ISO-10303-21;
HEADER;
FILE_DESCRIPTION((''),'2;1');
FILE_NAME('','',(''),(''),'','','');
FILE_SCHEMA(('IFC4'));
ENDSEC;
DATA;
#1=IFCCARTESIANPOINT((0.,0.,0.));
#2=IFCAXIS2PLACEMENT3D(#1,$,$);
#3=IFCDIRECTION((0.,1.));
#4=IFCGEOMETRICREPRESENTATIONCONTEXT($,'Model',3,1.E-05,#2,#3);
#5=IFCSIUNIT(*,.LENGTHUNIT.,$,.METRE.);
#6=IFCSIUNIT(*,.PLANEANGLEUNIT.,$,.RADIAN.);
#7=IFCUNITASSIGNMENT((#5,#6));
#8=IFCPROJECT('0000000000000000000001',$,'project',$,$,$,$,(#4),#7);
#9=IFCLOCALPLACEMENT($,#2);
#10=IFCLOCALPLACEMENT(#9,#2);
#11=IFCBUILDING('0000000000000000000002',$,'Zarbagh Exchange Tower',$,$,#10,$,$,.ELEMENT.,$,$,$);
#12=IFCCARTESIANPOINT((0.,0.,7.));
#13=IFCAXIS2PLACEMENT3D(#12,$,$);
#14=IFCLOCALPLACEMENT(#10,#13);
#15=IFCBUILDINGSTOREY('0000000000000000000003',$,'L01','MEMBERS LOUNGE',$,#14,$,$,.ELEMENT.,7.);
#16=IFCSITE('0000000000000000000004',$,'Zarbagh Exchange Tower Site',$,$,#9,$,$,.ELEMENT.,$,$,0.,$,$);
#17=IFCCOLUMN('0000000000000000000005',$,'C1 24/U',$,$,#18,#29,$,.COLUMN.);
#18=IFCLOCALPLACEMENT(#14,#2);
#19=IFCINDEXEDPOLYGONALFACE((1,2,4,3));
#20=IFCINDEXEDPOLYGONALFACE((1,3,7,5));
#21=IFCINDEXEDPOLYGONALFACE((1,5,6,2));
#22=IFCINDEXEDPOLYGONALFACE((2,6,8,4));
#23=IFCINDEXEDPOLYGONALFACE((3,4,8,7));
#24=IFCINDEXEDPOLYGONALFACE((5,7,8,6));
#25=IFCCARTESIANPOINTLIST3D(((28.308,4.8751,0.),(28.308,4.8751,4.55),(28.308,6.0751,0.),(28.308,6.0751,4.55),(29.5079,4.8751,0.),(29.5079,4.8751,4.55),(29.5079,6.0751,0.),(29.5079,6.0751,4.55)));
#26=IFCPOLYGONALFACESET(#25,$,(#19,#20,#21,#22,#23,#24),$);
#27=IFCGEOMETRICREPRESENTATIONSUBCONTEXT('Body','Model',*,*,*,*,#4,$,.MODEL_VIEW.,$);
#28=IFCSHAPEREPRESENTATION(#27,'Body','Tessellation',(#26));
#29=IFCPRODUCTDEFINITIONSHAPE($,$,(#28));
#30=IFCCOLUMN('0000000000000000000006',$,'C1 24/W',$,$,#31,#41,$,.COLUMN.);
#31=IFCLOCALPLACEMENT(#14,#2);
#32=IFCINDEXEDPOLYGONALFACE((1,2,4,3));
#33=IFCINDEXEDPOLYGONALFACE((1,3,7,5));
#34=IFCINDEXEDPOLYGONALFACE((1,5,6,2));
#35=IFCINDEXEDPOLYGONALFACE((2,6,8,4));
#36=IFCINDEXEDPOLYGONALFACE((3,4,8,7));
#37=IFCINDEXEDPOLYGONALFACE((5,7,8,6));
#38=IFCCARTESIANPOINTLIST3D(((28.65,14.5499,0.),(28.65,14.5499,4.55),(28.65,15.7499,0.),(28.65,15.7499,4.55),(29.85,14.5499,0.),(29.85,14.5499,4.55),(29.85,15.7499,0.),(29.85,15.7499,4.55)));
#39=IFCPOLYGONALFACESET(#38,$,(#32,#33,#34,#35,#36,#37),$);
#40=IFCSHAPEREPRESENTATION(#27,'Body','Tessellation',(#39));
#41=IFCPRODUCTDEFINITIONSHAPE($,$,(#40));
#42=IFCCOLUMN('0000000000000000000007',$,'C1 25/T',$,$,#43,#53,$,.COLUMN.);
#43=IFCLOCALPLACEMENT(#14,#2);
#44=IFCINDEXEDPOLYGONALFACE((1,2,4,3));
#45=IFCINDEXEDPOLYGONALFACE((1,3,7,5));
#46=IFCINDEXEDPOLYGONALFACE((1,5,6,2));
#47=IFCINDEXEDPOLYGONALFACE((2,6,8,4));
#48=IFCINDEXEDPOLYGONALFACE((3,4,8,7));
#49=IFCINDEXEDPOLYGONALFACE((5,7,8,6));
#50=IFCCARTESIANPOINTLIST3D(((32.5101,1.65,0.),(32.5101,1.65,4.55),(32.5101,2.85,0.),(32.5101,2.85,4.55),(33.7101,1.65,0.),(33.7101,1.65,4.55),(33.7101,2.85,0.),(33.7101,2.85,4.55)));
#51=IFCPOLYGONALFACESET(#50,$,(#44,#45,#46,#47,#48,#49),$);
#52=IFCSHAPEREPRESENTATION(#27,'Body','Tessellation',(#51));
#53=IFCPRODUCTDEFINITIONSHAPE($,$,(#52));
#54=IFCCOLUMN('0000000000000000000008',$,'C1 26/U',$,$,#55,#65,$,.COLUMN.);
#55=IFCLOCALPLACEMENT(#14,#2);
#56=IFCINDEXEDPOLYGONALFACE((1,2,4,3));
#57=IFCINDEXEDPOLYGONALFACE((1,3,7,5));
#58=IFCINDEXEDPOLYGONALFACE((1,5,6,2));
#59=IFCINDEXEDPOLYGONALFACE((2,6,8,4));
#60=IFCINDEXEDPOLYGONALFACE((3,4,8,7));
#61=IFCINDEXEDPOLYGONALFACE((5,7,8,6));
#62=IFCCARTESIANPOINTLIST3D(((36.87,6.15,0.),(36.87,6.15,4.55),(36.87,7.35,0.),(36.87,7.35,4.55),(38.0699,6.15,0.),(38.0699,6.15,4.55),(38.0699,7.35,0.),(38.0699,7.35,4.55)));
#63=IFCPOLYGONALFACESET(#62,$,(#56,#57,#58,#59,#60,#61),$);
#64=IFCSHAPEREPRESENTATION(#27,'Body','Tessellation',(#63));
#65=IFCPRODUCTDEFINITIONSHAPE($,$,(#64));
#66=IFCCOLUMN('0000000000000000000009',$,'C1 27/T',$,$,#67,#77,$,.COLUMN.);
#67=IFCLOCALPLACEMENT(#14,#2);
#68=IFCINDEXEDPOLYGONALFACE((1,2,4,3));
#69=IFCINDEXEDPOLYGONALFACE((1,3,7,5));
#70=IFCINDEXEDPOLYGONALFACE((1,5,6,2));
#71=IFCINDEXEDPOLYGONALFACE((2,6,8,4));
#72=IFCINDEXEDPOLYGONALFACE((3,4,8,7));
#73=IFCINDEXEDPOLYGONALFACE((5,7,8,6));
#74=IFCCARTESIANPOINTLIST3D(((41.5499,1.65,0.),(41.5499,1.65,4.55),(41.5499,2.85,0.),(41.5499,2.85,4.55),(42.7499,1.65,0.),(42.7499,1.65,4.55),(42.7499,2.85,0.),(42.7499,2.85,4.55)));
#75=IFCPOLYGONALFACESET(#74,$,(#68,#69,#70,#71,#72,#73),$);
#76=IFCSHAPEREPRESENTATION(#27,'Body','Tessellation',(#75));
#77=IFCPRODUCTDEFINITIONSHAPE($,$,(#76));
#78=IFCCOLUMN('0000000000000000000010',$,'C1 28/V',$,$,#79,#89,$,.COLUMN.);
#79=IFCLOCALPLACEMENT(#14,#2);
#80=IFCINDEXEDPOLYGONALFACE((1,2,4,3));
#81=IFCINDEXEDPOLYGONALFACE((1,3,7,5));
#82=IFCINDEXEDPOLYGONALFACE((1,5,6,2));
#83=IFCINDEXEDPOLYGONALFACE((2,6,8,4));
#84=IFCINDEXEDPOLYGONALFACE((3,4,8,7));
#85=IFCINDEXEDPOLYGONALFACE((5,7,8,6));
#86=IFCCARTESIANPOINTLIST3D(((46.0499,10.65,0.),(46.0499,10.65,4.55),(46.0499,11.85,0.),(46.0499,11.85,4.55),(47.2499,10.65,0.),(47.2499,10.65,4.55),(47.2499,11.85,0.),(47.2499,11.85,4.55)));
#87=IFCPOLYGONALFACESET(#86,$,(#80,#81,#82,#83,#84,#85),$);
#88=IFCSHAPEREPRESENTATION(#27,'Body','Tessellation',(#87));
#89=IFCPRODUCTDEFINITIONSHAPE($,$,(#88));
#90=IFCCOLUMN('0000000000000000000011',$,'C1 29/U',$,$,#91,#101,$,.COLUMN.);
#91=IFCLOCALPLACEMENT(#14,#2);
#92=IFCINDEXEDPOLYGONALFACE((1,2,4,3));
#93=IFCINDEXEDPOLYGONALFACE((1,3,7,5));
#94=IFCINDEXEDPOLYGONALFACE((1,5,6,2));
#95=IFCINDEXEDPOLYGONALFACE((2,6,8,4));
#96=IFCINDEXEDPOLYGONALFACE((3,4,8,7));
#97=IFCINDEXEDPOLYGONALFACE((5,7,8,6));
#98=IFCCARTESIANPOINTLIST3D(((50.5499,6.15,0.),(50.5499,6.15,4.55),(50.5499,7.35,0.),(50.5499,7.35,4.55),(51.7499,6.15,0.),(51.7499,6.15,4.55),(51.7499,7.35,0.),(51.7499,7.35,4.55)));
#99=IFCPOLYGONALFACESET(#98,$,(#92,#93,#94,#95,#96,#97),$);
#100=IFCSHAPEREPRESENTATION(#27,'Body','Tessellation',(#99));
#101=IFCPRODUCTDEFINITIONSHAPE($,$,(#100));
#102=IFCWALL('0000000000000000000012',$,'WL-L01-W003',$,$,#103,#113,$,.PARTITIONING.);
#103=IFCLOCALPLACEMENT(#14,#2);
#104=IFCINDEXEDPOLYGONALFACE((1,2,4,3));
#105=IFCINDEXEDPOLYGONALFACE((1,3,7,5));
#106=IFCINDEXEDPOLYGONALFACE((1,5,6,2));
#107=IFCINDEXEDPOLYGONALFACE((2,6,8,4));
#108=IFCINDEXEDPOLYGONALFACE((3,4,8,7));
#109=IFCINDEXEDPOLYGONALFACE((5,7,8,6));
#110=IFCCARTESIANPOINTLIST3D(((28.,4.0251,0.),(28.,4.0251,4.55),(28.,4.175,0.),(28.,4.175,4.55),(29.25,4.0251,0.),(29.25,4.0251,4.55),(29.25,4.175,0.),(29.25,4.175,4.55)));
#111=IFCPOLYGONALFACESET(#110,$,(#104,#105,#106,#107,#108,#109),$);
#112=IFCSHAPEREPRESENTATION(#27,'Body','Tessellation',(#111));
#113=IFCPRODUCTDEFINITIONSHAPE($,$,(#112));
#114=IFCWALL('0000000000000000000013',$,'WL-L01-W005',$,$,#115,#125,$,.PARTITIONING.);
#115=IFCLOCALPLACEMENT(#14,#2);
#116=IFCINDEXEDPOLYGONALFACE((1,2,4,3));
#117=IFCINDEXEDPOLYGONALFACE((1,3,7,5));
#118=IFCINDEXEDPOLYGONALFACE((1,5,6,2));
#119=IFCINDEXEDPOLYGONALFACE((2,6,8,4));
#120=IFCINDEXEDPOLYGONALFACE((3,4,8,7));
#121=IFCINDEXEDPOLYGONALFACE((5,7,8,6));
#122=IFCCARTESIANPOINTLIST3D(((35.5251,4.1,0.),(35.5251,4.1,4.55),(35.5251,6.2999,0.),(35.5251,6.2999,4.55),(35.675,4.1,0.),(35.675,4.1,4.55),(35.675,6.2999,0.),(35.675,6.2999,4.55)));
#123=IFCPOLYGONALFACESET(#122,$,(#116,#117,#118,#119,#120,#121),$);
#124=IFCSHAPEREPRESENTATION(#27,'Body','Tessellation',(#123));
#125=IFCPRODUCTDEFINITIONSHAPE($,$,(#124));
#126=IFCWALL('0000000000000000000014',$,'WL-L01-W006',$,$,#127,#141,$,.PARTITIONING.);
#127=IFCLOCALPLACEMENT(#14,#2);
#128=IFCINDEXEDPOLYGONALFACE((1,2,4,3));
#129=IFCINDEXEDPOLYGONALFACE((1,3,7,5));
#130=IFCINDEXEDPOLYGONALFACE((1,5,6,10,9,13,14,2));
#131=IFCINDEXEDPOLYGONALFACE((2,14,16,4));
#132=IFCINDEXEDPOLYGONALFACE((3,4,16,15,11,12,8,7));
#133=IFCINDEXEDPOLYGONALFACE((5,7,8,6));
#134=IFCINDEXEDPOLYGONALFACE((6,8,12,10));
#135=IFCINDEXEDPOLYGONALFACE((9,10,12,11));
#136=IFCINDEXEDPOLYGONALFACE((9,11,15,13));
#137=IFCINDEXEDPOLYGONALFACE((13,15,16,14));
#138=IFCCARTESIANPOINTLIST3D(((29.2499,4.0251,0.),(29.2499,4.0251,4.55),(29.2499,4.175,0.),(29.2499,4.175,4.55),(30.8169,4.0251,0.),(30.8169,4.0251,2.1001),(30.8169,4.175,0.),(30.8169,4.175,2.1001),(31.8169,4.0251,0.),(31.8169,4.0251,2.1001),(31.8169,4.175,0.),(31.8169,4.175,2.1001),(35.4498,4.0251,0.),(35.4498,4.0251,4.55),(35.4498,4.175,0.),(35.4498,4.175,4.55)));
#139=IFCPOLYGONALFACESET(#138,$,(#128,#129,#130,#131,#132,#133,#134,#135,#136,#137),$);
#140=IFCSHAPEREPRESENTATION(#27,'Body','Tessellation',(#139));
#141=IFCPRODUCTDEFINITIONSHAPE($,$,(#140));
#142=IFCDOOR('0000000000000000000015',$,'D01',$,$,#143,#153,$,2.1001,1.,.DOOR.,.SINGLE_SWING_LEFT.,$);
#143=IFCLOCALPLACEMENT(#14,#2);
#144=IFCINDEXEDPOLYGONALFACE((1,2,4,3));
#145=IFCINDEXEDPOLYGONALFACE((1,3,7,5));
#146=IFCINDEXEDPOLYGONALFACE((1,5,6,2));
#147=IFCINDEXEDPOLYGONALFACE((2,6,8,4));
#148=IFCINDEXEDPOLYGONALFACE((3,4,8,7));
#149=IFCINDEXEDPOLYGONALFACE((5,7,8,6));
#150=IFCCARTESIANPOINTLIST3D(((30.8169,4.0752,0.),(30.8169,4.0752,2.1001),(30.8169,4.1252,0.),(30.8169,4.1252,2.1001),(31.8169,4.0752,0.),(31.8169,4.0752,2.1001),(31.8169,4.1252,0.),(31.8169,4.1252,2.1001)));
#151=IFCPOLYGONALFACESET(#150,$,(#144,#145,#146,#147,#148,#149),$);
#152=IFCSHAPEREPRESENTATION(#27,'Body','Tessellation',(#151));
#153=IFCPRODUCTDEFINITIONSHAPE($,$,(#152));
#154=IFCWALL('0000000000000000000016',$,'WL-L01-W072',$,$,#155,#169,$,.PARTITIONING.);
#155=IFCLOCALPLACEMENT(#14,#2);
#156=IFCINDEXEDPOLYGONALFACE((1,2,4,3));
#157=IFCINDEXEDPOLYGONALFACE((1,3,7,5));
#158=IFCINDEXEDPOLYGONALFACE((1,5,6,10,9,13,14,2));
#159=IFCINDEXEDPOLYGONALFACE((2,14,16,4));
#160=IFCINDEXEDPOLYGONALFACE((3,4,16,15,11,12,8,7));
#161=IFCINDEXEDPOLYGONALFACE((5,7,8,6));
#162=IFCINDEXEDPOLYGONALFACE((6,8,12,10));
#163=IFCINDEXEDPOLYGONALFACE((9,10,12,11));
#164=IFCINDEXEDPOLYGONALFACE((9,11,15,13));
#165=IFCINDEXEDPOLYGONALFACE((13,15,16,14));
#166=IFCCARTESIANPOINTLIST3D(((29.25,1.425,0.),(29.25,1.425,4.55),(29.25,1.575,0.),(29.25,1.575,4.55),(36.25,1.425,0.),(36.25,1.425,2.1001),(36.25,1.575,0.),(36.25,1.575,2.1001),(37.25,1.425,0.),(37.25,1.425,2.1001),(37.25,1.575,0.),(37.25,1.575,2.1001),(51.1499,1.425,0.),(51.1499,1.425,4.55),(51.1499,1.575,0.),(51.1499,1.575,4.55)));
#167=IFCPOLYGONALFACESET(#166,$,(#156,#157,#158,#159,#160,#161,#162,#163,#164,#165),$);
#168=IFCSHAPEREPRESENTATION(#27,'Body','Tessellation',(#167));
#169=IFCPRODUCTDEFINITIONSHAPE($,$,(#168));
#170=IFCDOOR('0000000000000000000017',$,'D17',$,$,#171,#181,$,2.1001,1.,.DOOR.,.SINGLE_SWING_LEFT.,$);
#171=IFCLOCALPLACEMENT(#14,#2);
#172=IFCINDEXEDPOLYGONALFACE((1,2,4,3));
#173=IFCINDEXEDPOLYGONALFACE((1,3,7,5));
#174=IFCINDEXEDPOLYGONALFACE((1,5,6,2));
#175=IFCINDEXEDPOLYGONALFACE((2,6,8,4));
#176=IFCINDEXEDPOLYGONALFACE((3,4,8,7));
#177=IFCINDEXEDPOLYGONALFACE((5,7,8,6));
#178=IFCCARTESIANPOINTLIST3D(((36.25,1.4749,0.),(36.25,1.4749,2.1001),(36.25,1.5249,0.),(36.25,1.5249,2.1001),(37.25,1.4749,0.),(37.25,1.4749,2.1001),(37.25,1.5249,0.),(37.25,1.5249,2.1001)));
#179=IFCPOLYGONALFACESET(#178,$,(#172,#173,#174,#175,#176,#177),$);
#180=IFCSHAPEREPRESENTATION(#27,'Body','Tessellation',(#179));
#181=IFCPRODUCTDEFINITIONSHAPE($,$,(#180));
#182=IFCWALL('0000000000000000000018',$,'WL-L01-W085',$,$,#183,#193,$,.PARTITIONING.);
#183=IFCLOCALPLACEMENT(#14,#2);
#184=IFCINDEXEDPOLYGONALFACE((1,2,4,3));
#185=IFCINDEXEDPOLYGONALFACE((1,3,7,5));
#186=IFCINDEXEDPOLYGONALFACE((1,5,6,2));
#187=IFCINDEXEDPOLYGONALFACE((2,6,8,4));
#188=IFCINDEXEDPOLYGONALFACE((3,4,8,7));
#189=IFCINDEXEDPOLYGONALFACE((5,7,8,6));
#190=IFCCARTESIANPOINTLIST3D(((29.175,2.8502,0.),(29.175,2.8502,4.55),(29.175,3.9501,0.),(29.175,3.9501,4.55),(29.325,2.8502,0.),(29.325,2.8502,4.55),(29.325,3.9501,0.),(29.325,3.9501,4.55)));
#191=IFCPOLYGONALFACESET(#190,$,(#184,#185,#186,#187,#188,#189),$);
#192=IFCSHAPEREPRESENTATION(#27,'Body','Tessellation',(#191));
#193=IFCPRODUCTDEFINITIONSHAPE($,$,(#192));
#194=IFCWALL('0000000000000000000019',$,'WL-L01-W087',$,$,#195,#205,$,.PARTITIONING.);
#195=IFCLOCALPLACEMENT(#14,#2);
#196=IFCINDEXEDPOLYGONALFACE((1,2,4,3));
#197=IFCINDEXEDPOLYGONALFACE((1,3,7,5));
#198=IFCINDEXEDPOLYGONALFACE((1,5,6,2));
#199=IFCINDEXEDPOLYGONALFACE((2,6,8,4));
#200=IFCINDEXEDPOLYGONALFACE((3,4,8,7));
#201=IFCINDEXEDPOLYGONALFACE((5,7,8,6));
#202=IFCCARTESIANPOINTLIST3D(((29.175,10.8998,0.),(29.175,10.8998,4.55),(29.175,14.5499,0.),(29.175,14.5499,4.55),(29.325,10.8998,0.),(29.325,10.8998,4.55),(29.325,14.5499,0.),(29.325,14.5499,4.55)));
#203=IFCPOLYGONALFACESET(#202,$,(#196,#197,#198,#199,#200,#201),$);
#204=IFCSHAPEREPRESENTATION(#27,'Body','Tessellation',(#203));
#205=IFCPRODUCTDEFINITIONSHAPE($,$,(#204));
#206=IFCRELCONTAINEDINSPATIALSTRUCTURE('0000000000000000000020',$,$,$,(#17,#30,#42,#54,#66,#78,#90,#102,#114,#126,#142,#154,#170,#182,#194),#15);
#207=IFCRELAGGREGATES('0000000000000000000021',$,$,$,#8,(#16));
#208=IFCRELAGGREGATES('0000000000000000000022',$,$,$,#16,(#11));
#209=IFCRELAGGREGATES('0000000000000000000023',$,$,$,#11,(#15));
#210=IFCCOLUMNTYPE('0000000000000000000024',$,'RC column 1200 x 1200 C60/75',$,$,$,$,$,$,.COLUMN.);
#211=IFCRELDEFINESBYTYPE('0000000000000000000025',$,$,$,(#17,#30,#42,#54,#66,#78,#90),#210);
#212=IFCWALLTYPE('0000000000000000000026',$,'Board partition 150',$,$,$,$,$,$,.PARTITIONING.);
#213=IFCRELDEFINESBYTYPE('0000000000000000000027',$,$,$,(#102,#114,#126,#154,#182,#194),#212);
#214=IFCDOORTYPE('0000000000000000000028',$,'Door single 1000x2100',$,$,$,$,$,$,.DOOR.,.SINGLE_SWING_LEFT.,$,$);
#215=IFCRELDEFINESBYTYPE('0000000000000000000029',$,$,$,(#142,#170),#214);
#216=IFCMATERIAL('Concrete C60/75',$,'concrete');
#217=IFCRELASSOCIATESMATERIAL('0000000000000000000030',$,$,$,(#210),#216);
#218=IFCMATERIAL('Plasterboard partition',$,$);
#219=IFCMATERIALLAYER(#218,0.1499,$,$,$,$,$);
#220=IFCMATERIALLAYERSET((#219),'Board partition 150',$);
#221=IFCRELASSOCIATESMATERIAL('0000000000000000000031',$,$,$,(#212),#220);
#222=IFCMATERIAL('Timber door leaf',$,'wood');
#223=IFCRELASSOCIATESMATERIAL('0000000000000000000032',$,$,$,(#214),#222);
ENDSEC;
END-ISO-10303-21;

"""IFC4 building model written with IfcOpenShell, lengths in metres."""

from ifc_helpers import new_model, si_unit, direction, frame, frame_2d, origin, origin_2d, place, context, subcontext, project, spatial, rectangle, extrude, material, layer, layer_set, material_profile, profile_set, type_object, element, fill, save


model = new_model("IFC4")

# Units and contexts
model_context = context("Model", 3, precision=1e-05, world=origin(), true_north=direction((0.0, 1.0)))
body_context = subcontext(model_context, "Body", "Model", "MODEL_VIEW")
ifc_project = project(units=[si_unit("LENGTHUNIT", "METRE"), si_unit("PLANEANGLEUNIT", "RADIAN")], contexts=[model_context])

# Site, building, storey
site_placement = place(None, origin())
site = spatial("IfcSite", under=ifc_project, at=site_placement, Name="Zarbagh Exchange Tower Site", CompositionType="ELEMENT", RefElevation=0.0)
building_placement = place(site_placement, origin())
building = spatial("IfcBuilding", under=site, at=building_placement, Name="Zarbagh Exchange Tower", CompositionType="ELEMENT")
storey_placement = place(building_placement, frame((0.0, 0.0, 7.0)))
storey = spatial("IfcBuildingStorey", under=building, at=storey_placement, Name="L01", Description="MEMBERS LOUNGE", CompositionType="ELEMENT", Elevation=7.0)

# Columns
ifc_material_1 = material(Name="Concrete C60/75", Category="concrete")
ifc_material_profile = material_profile(ifc_material_1, rectangle(XDim=1.2, YDim=1.2, at=origin_2d()), Name="RC column 1200 x 1200 C60/75")
ifc_profile_set = profile_set([ifc_material_profile], Name="Concrete C60/75")
column_type = type_object("IfcColumnType", Name="RC column 1200 x 1200 C60/75", PredefinedType="COLUMN", material=ifc_profile_set)
for number, where, z_axis, x_axis, name in (
    (1, (28.908, 5.4751, 0.0), (0.0, 0.0, 1.0), (1.0, 0.0, 0.0), "C1 24/U"),
    (2, (29.25, 15.1499, 0.0), (0.0, 0.0, 1.0), (1.0, 0.0, 0.0), "C1 24/W"),
    (3, (33.1101, 2.25, 0.0), (0.0, 0.0, 1.0), (1.0, 0.0, 0.0), "C1 25/T"),
    (4, (37.47, 6.75, 0.0), (0.0, 0.0, 1.0), (1.0, 0.0, 0.0), "C1 26/U"),
    (5, (42.1499, 2.25, 0.0), (0.0, 0.0, 1.0), (1.0, 0.0, 0.0), "C1 27/T"),
    (6, (46.6499, 11.25, 0.0), (0.0, 0.0, 1.0), (1.0, 0.0, 0.0), "C1 28/V"),
    (7, (51.1499, 6.75, 0.0), (0.0, 0.0, 1.0), (1.0, 0.0, 0.0), "C1 29/U"),
):
    element("IfcColumn", number, at=place(storey_placement, frame(where, z_axis=z_axis, x_axis=x_axis)), inside=storey, type_object=column_type, Name=name, PredefinedType="COLUMN", context=body_context, shape_type="SweptSolid", body=[
        extrude(rectangle(XDim=1.2, YDim=1.2, at=origin_2d()), origin(), (0.0, 0.0, 1.0), 4.55),
    ])

# Walls
ifc_material_2 = material(Name="Plasterboard partition")
ifc_layer_1 = layer(ifc_material_2, 0.1499)
ifc_layer_set_1 = layer_set([ifc_layer_1], Name="Board partition 150")
wall_type_1 = type_object("IfcWallType", Name="Board partition 150", PredefinedType="PARTITIONING", material=ifc_layer_set_1)
wall_1_placement = place(storey_placement, frame((29.25, 4.1001, 0.0), z_axis=(0.0, 0.0, 1.0), x_axis=(-1.0, 0.0, 0.0)))
element("IfcWall", 8, at=wall_1_placement, inside=storey, type_object=wall_type_1, Name="WL-L01-W003", PredefinedType="PARTITIONING", context=body_context, shape_type="SweptSolid", body=[
    extrude(rectangle(XDim=1.25, YDim=0.1499, at=frame_2d((0.625, 0.0))), origin(), (0.0, 0.0, 1.0), 4.55),
])
wall_2_placement = place(storey_placement, frame((35.6001, 6.3, 0.0), z_axis=(0.0, 0.0, 1.0), x_axis=(0.0, -1.0, 0.0)))
element("IfcWall", 9, at=wall_2_placement, inside=storey, type_object=wall_type_1, Name="WL-L01-W005", PredefinedType="PARTITIONING", context=body_context, shape_type="SweptSolid", body=[
    extrude(rectangle(XDim=2.2, YDim=0.1499, at=frame_2d((1.1001, 0.0))), origin(), (0.0, 0.0, 1.0), 4.55),
])

# Walls, openings, doors
wall_3_placement = place(storey_placement, frame((35.45, 4.1001, 0.0), z_axis=(0.0, 0.0, 1.0), x_axis=(-1.0, 0.0, 0.0)))
wall_3 = element("IfcWall", 10, at=wall_3_placement, inside=storey, type_object=wall_type_1, Name="WL-L01-W006", PredefinedType="PARTITIONING", context=body_context, shape_type="SweptSolid", body=[
    extrude(rectangle(XDim=6.2, YDim=0.1499, at=frame_2d((3.1001, 0.0))), origin(), (0.0, 0.0, 1.0), 4.55),
])
opening_1_placement = place(wall_3_placement, frame((3.6331, 0.0, 0.0)))
opening_1 = element("IfcOpeningElement", 11, at=opening_1_placement, cuts=wall_3, PredefinedType="OPENING", context=body_context, shape_type="SweptSolid", body=[
    extrude(rectangle(XDim=1.0, YDim=2.1001, at=frame_2d((0.5, 1.05))), frame((0.0, 0.085, 0.0), z_axis=(0.0, -1.0, 0.0), x_axis=(1.0, 0.0, 0.0)), (0.0, 0.0, 1.0), 0.1699),
])
ifc_material_3 = material(Name="Timber door leaf", Category="wood")
door_type = type_object("IfcDoorType", Name="Door single 1000x2100", OperationType="SINGLE_SWING_LEFT", PredefinedType="DOOR", material=ifc_material_3)
door_1_placement = place(opening_1_placement, origin())
door_1 = element("IfcDoor", 12, at=door_1_placement, inside=storey, type_object=door_type, Name="D01", OperationType="SINGLE_SWING_LEFT", OverallHeight=2.1001, OverallWidth=1.0, PredefinedType="DOOR", context=body_context, shape_type="SweptSolid", body=[
    extrude(rectangle(XDim=1.0, YDim=2.1001, at=frame_2d((0.5, 1.05))), frame((0.0, 0.0249, 0.0), z_axis=(0.0, -1.0, 0.0), x_axis=(1.0, 0.0, 0.0)), (0.0, 0.0, 1.0), 0.05),
])
fill(opening_1, door_1)
wall_4_placement = place(storey_placement, frame((29.25, 1.5, 0.0), z_axis=(0.0, 0.0, 1.0), x_axis=(1.0, 0.0, 0.0)))
wall_4 = element("IfcWall", 13, at=wall_4_placement, inside=storey, type_object=wall_type_1, Name="WL-L01-W072", PredefinedType="PARTITIONING", context=body_context, shape_type="SweptSolid", body=[
    extrude(rectangle(XDim=21.8999, YDim=0.1499, at=frame_2d((10.95, 0.0))), origin(), (0.0, 0.0, 1.0), 4.55),
])
opening_2_placement = place(wall_4_placement, frame((7.0, 0.0, 0.0)))
opening_2 = element("IfcOpeningElement", 14, at=opening_2_placement, cuts=wall_4, PredefinedType="OPENING", context=body_context, shape_type="SweptSolid", body=[
    extrude(rectangle(XDim=1.0, YDim=2.1001, at=frame_2d((0.5, 1.05))), frame((0.0, 0.085, 0.0), z_axis=(0.0, -1.0, 0.0), x_axis=(1.0, 0.0, 0.0)), (0.0, 0.0, 1.0), 0.1699),
])
door_2_placement = place(opening_2_placement, origin())
door_2 = element("IfcDoor", 15, at=door_2_placement, inside=storey, type_object=door_type, Name="D17", OperationType="SINGLE_SWING_LEFT", OverallHeight=2.1001, OverallWidth=1.0, PredefinedType="DOOR", context=body_context, shape_type="SweptSolid", body=[
    extrude(rectangle(XDim=1.0, YDim=2.1001, at=frame_2d((0.5, 1.05))), frame((0.0, 0.0249, 0.0), z_axis=(0.0, -1.0, 0.0), x_axis=(1.0, 0.0, 0.0)), (0.0, 0.0, 1.0), 0.05),
])
fill(opening_2, door_2)

# Walls
wall_5_placement = place(storey_placement, frame((29.25, 3.95, 0.0), z_axis=(0.0, 0.0, 1.0), x_axis=(0.0, -1.0, 0.0)))
element("IfcWall", 16, at=wall_5_placement, inside=storey, type_object=wall_type_1, Name="WL-L01-W085", PredefinedType="PARTITIONING", context=body_context, shape_type="SweptSolid", body=[
    extrude(rectangle(XDim=1.0999, YDim=0.1499, at=frame_2d((0.5498, 0.0))), origin(), (0.0, 0.0, 1.0), 4.55),
])
wall_6_placement = place(storey_placement, frame((29.25, 14.55, 0.0), z_axis=(0.0, 0.0, 1.0), x_axis=(0.0, -1.0, 0.0)))
element("IfcWall", 17, at=wall_6_placement, inside=storey, type_object=wall_type_1, Name="WL-L01-W087", PredefinedType="PARTITIONING", context=body_context, shape_type="SweptSolid", body=[
    extrude(rectangle(XDim=3.6501, YDim=0.1499, at=frame_2d((1.8252, 0.0))), origin(), (0.0, 0.0, 1.0), 4.55),
])

save(model, "model.ifc")
